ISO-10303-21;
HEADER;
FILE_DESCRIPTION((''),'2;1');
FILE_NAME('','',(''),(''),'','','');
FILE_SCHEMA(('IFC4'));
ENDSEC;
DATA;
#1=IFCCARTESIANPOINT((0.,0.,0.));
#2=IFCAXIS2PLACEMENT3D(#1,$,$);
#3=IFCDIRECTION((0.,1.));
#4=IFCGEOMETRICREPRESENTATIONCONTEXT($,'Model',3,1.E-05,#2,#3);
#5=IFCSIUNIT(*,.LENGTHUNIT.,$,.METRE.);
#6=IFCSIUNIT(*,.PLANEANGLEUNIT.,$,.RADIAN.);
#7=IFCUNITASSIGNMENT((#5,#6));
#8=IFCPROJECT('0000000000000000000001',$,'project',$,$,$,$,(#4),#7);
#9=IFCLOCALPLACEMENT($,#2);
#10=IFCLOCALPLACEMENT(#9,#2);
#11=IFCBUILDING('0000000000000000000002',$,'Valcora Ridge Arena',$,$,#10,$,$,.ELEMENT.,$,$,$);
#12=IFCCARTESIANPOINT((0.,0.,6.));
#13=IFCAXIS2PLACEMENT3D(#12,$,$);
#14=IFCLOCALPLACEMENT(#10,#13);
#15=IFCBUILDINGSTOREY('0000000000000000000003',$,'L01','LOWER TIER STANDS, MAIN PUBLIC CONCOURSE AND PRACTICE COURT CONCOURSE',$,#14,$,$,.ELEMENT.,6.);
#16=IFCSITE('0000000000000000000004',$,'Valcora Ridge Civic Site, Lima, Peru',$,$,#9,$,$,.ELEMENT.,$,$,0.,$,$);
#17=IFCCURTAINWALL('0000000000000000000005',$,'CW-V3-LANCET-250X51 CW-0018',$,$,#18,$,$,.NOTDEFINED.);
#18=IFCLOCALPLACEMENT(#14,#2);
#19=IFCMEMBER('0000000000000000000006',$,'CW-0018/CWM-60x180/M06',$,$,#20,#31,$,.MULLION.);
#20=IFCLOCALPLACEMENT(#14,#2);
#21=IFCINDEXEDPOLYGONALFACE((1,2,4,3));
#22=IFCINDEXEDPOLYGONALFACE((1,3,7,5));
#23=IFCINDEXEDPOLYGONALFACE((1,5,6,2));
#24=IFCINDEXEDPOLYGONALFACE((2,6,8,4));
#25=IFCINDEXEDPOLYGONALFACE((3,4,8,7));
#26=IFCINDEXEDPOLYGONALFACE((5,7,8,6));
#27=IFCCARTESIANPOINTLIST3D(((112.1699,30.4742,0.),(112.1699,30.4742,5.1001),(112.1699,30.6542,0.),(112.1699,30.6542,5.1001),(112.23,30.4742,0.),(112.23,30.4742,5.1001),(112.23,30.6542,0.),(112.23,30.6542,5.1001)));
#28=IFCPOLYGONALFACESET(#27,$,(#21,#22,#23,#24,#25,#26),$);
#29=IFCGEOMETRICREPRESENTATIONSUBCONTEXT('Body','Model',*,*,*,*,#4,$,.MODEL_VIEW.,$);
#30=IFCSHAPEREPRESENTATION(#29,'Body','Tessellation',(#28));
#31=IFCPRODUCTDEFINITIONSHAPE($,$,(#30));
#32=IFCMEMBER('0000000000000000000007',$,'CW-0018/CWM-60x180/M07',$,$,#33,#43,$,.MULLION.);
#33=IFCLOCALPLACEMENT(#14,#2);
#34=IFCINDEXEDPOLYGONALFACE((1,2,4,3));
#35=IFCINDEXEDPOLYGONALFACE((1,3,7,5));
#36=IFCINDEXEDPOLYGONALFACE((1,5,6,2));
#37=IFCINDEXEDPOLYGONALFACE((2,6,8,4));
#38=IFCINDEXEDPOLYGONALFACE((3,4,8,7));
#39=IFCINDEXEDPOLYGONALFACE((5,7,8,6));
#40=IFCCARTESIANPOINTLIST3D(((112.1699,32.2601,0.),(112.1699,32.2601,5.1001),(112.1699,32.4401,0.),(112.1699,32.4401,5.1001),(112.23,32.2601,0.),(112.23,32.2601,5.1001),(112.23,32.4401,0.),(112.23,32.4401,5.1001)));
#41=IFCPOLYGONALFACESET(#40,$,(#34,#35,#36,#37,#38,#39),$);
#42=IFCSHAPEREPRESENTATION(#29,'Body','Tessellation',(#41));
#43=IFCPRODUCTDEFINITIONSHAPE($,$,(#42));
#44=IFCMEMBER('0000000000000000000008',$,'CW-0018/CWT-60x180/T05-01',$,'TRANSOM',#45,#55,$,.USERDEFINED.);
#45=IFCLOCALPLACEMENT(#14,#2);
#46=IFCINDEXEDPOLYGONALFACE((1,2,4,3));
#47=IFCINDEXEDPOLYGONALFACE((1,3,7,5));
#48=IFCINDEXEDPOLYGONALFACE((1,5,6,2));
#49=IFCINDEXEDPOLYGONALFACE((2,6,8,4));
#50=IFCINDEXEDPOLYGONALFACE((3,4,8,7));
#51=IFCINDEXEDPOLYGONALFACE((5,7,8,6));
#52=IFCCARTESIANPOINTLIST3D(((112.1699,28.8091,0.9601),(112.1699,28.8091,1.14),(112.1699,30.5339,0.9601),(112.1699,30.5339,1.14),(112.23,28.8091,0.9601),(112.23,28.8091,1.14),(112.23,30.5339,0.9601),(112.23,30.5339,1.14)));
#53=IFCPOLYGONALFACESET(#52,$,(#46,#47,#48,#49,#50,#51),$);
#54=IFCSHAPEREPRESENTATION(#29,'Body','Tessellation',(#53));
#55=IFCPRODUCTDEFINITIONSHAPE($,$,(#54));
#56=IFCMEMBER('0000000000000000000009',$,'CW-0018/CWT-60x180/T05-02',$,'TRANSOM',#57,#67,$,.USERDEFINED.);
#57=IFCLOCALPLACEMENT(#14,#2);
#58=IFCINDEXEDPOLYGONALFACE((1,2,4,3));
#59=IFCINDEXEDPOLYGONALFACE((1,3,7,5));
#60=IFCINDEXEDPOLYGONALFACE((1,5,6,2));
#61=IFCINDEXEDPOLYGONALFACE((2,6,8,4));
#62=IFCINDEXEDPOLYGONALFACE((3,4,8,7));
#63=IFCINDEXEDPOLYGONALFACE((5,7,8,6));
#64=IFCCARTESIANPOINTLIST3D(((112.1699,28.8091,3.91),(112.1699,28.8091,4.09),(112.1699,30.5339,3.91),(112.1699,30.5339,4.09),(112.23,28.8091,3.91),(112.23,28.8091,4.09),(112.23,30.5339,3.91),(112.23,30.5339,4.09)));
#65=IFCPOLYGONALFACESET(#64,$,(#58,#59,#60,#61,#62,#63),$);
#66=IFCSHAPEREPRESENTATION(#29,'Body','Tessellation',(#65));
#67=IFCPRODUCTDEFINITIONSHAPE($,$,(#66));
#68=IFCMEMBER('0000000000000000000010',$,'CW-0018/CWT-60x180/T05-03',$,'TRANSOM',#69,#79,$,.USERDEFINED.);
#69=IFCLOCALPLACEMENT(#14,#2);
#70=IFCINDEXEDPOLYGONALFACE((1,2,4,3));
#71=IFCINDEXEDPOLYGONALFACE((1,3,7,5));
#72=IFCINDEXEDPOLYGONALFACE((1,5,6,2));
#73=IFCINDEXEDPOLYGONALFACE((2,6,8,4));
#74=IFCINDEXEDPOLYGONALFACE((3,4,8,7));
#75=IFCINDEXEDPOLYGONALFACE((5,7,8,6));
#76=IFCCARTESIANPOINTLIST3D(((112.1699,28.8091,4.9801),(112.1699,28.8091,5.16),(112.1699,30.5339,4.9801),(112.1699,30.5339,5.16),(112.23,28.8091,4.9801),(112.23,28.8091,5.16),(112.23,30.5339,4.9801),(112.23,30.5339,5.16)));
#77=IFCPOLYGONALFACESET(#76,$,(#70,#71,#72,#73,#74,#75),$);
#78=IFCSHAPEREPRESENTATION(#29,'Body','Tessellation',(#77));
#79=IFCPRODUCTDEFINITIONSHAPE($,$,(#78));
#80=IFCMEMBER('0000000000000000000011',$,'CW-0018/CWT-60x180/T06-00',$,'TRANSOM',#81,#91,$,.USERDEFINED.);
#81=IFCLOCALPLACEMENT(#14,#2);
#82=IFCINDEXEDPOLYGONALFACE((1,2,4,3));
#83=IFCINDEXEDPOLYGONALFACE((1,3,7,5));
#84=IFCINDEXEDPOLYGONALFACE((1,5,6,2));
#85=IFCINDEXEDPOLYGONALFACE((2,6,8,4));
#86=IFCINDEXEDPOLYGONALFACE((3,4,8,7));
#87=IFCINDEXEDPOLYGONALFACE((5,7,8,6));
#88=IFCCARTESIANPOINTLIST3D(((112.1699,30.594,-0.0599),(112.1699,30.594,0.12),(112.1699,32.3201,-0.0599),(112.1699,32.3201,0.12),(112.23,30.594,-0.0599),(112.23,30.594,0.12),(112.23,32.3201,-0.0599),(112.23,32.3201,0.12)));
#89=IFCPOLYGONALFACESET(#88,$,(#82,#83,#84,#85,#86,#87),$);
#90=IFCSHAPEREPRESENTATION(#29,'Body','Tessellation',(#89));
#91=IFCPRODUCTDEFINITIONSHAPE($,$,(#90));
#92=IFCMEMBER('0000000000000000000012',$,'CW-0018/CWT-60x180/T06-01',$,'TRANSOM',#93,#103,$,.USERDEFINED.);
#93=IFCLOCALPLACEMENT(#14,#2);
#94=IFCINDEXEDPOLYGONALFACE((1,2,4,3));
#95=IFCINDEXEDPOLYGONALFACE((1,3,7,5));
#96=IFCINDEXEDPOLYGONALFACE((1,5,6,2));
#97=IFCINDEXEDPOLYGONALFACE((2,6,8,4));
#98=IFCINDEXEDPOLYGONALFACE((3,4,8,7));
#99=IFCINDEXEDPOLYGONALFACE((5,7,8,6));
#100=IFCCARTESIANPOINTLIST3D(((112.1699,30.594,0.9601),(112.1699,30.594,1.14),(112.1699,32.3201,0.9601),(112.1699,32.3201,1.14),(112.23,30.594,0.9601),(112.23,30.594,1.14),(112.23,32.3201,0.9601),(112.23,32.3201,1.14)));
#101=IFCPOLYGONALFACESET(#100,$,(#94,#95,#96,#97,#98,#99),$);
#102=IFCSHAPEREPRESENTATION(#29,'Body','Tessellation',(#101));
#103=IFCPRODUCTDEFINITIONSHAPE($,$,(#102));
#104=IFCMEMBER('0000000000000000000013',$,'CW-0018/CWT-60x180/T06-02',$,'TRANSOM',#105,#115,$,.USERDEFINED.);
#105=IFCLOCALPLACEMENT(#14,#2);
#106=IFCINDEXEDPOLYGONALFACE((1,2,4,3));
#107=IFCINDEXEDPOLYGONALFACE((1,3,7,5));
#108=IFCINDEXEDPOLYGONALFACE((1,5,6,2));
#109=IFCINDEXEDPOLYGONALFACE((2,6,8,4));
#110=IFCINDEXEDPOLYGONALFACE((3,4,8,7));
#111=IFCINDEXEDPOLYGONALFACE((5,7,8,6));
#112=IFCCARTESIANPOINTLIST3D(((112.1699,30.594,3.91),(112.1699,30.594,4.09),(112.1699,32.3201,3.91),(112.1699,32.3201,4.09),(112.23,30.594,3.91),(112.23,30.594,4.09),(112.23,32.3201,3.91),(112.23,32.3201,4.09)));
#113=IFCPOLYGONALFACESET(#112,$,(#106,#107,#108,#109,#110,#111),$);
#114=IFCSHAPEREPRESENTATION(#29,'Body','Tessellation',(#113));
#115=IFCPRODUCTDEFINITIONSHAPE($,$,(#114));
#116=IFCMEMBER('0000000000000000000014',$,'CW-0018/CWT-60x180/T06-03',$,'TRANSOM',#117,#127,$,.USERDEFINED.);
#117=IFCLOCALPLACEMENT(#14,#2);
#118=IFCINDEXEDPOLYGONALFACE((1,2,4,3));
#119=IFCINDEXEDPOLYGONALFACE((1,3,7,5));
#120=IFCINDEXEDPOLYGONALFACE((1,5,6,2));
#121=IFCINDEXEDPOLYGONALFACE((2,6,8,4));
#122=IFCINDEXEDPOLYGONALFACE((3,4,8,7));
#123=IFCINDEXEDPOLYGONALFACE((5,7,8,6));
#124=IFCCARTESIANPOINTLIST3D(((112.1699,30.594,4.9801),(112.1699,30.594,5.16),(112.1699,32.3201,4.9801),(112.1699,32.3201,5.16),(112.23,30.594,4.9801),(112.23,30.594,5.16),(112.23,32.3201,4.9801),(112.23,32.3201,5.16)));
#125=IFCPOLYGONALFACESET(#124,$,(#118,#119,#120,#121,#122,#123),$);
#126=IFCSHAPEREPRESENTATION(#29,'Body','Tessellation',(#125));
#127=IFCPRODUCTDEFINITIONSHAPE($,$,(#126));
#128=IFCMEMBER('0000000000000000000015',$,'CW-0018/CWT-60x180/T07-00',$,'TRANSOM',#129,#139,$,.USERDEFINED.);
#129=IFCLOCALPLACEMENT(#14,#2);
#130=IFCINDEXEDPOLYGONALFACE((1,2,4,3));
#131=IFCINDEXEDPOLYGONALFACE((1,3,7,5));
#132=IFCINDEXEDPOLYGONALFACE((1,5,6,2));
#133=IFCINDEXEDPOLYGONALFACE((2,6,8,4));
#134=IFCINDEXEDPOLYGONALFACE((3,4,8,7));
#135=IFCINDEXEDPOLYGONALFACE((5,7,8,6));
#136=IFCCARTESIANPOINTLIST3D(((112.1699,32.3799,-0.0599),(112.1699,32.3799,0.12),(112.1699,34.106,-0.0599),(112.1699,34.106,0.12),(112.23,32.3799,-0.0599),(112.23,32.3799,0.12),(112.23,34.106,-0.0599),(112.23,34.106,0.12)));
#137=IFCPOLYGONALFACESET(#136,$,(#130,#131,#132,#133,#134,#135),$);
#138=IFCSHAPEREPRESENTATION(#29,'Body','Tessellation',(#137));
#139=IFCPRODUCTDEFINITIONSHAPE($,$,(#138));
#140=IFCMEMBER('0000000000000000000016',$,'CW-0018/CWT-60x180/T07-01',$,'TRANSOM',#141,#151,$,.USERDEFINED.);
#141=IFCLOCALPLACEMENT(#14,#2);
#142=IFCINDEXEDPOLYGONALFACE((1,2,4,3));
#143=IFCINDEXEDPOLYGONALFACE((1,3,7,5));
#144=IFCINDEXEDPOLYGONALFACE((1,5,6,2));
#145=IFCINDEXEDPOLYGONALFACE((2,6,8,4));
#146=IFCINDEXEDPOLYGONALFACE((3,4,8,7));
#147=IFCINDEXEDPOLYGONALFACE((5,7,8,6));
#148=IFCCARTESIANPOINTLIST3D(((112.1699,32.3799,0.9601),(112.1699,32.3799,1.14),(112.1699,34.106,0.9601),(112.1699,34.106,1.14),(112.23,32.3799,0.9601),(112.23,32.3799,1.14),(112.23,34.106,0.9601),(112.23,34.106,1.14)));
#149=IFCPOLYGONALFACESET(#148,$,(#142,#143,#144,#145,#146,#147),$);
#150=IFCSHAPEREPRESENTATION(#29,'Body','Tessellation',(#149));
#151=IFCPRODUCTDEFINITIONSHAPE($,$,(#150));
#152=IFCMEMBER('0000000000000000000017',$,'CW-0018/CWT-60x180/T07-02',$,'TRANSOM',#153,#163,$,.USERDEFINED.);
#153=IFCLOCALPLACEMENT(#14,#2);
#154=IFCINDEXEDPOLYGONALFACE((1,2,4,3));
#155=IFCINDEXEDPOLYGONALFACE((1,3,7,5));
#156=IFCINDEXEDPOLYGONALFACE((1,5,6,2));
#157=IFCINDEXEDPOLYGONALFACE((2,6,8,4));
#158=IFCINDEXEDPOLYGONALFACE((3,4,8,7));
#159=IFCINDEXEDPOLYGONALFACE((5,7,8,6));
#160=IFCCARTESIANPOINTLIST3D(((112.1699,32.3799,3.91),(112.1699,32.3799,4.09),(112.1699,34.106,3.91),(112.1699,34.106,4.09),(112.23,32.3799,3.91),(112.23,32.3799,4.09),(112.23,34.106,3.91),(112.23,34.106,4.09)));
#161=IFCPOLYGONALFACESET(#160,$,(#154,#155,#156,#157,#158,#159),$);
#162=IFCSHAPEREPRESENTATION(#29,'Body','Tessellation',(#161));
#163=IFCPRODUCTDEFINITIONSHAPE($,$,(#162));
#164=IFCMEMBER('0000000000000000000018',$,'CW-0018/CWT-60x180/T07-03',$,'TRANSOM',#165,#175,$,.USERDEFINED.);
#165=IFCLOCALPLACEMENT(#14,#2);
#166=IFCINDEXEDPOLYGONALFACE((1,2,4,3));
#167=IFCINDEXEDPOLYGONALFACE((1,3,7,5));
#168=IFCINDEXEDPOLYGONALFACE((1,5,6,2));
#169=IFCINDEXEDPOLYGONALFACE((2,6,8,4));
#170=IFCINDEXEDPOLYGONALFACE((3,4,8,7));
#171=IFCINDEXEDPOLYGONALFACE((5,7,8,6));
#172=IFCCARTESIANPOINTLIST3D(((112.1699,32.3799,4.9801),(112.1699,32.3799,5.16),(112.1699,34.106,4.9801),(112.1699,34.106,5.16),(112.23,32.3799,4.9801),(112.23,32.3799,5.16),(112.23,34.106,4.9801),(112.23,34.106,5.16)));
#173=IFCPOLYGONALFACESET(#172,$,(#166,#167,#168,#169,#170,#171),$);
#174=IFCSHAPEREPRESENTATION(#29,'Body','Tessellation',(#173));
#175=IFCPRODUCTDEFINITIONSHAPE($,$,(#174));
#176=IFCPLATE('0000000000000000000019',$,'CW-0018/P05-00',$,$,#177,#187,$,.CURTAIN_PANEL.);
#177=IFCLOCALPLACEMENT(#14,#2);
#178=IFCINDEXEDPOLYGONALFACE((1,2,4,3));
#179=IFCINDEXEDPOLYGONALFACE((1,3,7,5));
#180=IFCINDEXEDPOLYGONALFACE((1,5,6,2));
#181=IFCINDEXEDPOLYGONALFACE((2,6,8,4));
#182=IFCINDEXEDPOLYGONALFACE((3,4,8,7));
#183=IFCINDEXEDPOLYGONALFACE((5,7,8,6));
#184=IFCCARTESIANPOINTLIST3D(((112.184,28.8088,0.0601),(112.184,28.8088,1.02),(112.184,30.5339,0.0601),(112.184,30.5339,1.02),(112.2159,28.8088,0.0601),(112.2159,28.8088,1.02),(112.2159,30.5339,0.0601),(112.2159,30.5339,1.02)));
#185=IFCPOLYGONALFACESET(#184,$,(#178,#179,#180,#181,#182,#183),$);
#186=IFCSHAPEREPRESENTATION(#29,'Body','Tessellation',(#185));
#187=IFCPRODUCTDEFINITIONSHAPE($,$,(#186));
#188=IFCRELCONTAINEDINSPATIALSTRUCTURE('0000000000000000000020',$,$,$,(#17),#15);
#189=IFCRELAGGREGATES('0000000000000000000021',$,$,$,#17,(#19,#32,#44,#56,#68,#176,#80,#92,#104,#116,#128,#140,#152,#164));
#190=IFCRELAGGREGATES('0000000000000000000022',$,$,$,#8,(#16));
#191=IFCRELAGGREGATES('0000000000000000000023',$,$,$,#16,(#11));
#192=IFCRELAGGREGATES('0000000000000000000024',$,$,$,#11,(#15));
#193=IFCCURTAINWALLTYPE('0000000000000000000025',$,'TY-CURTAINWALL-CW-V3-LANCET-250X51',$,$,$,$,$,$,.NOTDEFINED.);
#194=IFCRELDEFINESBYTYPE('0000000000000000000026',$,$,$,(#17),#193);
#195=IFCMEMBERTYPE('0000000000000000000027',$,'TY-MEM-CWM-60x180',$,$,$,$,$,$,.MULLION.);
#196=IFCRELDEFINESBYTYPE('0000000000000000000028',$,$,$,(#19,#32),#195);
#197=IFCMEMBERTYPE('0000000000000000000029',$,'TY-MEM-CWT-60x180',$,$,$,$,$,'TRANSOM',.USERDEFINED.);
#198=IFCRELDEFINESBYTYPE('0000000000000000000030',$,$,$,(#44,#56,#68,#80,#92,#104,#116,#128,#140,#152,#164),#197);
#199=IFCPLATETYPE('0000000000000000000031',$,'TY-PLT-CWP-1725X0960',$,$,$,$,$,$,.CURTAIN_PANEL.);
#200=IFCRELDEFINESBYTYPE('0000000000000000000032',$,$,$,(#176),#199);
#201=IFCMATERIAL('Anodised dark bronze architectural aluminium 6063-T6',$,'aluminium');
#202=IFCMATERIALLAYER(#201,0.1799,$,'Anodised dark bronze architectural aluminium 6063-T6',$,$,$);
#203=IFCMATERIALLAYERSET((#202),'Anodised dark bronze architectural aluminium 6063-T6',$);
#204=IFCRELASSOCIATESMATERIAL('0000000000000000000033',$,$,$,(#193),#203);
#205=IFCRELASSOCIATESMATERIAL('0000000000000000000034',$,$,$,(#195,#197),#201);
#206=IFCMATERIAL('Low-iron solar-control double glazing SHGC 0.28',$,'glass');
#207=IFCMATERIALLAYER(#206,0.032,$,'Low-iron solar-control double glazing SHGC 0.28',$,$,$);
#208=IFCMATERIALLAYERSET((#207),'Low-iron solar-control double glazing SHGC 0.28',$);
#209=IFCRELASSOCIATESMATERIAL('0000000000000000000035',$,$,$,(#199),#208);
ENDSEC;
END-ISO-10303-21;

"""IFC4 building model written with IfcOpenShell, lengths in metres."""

from ifc_helpers import new_model, si_unit, direction, frame, origin, origin_2d, place, context, subcontext, project, spatial, rectangle, extrude, material, layer, layer_set, material_profile, profile_set, type_object, element, aggregate, save


model = new_model("IFC4")

# Units and contexts
model_context = context("Model", 3, precision=1e-05, world=origin(), true_north=direction((0.0, 1.0)))
body_context = subcontext(model_context, "Body", "Model", "MODEL_VIEW")
ifc_project = project(units=[si_unit("LENGTHUNIT", "METRE"), si_unit("PLANEANGLEUNIT", "RADIAN")], contexts=[model_context])

# Site, building, storey
site_placement = place(None, origin())
site = spatial("IfcSite", under=ifc_project, at=site_placement, Name="Valcora Ridge Civic Site, Lima, Peru", CompositionType="ELEMENT", RefElevation=0.0)
building_placement = place(site_placement, origin())
building = spatial("IfcBuilding", under=site, at=building_placement, Name="Valcora Ridge Arena", CompositionType="ELEMENT")
storey_placement = place(building_placement, frame((0.0, 0.0, 6.0)))
storey = spatial("IfcBuildingStorey", under=building, at=storey_placement, Name="L01", Description="LOWER TIER STANDS, MAIN PUBLIC CONCOURSE AND PRACTICE COURT CONCOURSE", CompositionType="ELEMENT", Elevation=6.0)

# Curtain wall, members, plate
ifc_material_1 = material(Name="Anodised dark bronze architectural aluminium 6063-T6", Category="aluminium")
ifc_layer_1 = layer(ifc_material_1, 0.1799, Name="Anodised dark bronze architectural aluminium 6063-T6")
ifc_layer_set_1 = layer_set([ifc_layer_1], Name="Anodised dark bronze architectural aluminium 6063-T6")
curtain_wall_type = type_object("IfcCurtainWallType", Name="TY-CURTAINWALL-CW-V3-LANCET-250X51", PredefinedType="NOTDEFINED", material=ifc_layer_set_1)
curtain_wall_placement = place(storey_placement, origin())
curtain_wall = element("IfcCurtainWall", 1, at=curtain_wall_placement, inside=storey, type_object=curtain_wall_type, Name="CW-V3-LANCET-250X51 CW-0018", PredefinedType="NOTDEFINED")
ifc_material_profile_1 = material_profile(ifc_material_1, rectangle(XDim=0.0601, YDim=0.1799, at=origin_2d()), Name="ALU MULLION 60x180")
ifc_profile_set_1 = profile_set([ifc_material_profile_1], Name="Anodised dark bronze architectural aluminium 6063-T6")
member_type_1 = type_object("IfcMemberType", Name="TY-MEM-CWM-60x180", PredefinedType="MULLION", material=ifc_profile_set_1)
member_1_placement = place(storey_placement, frame((112.2, 30.5642, 0.0), z_axis=(0.0, 0.0, 1.0), x_axis=(-1.0, 0.0, 0.0)))
member_1 = element("IfcMember", 2, at=member_1_placement, type_object=member_type_1, Name="CW-0018/CWM-60x180/M06", PredefinedType="MULLION", context=body_context, shape_type="SweptSolid", body=[
    extrude(rectangle(XDim=0.0601, YDim=0.1799, at=origin_2d()), origin(), (0.0, 0.0, 1.0), 5.1001),
])
member_2_placement = place(storey_placement, frame((112.2, 32.3501, 0.0), z_axis=(0.0, 0.0, 1.0), x_axis=(-1.0, 0.0, 0.0)))
member_2 = element("IfcMember", 3, at=member_2_placement, type_object=member_type_1, Name="CW-0018/CWM-60x180/M07", PredefinedType="MULLION", context=body_context, shape_type="SweptSolid", body=[
    extrude(rectangle(XDim=0.0601, YDim=0.1799, at=origin_2d()), origin(), (0.0, 0.0, 1.0), 5.1001),
])
ifc_material_profile_2 = material_profile(ifc_material_1, rectangle(XDim=0.0601, YDim=0.1799, at=origin_2d()), Name="ALU TRANSOM 60x180")
ifc_profile_set_2 = profile_set([ifc_material_profile_2], Name="Anodised dark bronze architectural aluminium 6063-T6")
member_type_2 = type_object("IfcMemberType", Name="TY-MEM-CWT-60x180", ElementType="TRANSOM", PredefinedType="USERDEFINED", material=ifc_profile_set_2)
member_3_placement = place(storey_placement, frame((112.2, 28.8091, 1.05), z_axis=(0.0, 1.0, 0.0), x_axis=(-1.0, 0.0, 0.0)))
member_3 = element("IfcMember", 4, at=member_3_placement, type_object=member_type_2, Name="CW-0018/CWT-60x180/T05-01", ObjectType="TRANSOM", PredefinedType="USERDEFINED", context=body_context, shape_type="SweptSolid", body=[
    extrude(rectangle(XDim=0.0601, YDim=0.1799, at=origin_2d()), origin(), (0.0, 0.0, 1.0), 1.7249),
])
member_4_placement = place(storey_placement, frame((112.2, 28.8091, 4.0), z_axis=(0.0, 1.0, 0.0), x_axis=(-1.0, 0.0, 0.0)))
member_4 = element("IfcMember", 5, at=member_4_placement, type_object=member_type_2, Name="CW-0018/CWT-60x180/T05-02", ObjectType="TRANSOM", PredefinedType="USERDEFINED", context=body_context, shape_type="SweptSolid", body=[
    extrude(rectangle(XDim=0.0601, YDim=0.1799, at=origin_2d()), origin(), (0.0, 0.0, 1.0), 1.7249),
])
member_5_placement = place(storey_placement, frame((112.2, 28.8091, 5.0701), z_axis=(0.0, 1.0, 0.0), x_axis=(-1.0, 0.0, 0.0)))
member_5 = element("IfcMember", 6, at=member_5_placement, type_object=member_type_2, Name="CW-0018/CWT-60x180/T05-03", ObjectType="TRANSOM", PredefinedType="USERDEFINED", context=body_context, shape_type="SweptSolid", body=[
    extrude(rectangle(XDim=0.0601, YDim=0.1799, at=origin_2d()), origin(), (0.0, 0.0, 1.0), 1.7249),
])
member_6_placement = place(storey_placement, frame((112.2, 30.594, 0.03), z_axis=(0.0, 1.0, 0.0), x_axis=(-1.0, 0.0, 0.0)))
member_6 = element("IfcMember", 7, at=member_6_placement, type_object=member_type_2, Name="CW-0018/CWT-60x180/T06-00", ObjectType="TRANSOM", PredefinedType="USERDEFINED", context=body_context, shape_type="SweptSolid", body=[
    extrude(rectangle(XDim=0.0601, YDim=0.1799, at=origin_2d()), origin(), (0.0, 0.0, 1.0), 1.7261),
])
member_7_placement = place(storey_placement, frame((112.2, 30.594, 1.05), z_axis=(0.0, 1.0, 0.0), x_axis=(-1.0, 0.0, 0.0)))
member_7 = element("IfcMember", 8, at=member_7_placement, type_object=member_type_2, Name="CW-0018/CWT-60x180/T06-01", ObjectType="TRANSOM", PredefinedType="USERDEFINED", context=body_context, shape_type="SweptSolid", body=[
    extrude(rectangle(XDim=0.0601, YDim=0.1799, at=origin_2d()), origin(), (0.0, 0.0, 1.0), 1.7261),
])
member_8_placement = place(storey_placement, frame((112.2, 30.594, 4.0), z_axis=(0.0, 1.0, 0.0), x_axis=(-1.0, 0.0, 0.0)))
member_8 = element("IfcMember", 9, at=member_8_placement, type_object=member_type_2, Name="CW-0018/CWT-60x180/T06-02", ObjectType="TRANSOM", PredefinedType="USERDEFINED", context=body_context, shape_type="SweptSolid", body=[
    extrude(rectangle(XDim=0.0601, YDim=0.1799, at=origin_2d()), origin(), (0.0, 0.0, 1.0), 1.7261),
])
member_9_placement = place(storey_placement, frame((112.2, 30.594, 5.0701), z_axis=(0.0, 1.0, 0.0), x_axis=(-1.0, 0.0, 0.0)))
member_9 = element("IfcMember", 10, at=member_9_placement, type_object=member_type_2, Name="CW-0018/CWT-60x180/T06-03", ObjectType="TRANSOM", PredefinedType="USERDEFINED", context=body_context, shape_type="SweptSolid", body=[
    extrude(rectangle(XDim=0.0601, YDim=0.1799, at=origin_2d()), origin(), (0.0, 0.0, 1.0), 1.7261),
])
member_10_placement = place(storey_placement, frame((112.2, 32.3799, 0.03), z_axis=(0.0, 1.0, 0.0), x_axis=(-1.0, 0.0, 0.0)))
member_10 = element("IfcMember", 11, at=member_10_placement, type_object=member_type_2, Name="CW-0018/CWT-60x180/T07-00", ObjectType="TRANSOM", PredefinedType="USERDEFINED", context=body_context, shape_type="SweptSolid", body=[
    extrude(rectangle(XDim=0.0601, YDim=0.1799, at=origin_2d()), origin(), (0.0, 0.0, 1.0), 1.7261),
])
member_11_placement = place(storey_placement, frame((112.2, 32.3799, 1.05), z_axis=(0.0, 1.0, 0.0), x_axis=(-1.0, 0.0, 0.0)))
member_11 = element("IfcMember", 12, at=member_11_placement, type_object=member_type_2, Name="CW-0018/CWT-60x180/T07-01", ObjectType="TRANSOM", PredefinedType="USERDEFINED", context=body_context, shape_type="SweptSolid", body=[
    extrude(rectangle(XDim=0.0601, YDim=0.1799, at=origin_2d()), origin(), (0.0, 0.0, 1.0), 1.7261),
])
member_12_placement = place(storey_placement, frame((112.2, 32.3799, 4.0), z_axis=(0.0, 1.0, 0.0), x_axis=(-1.0, 0.0, 0.0)))
member_12 = element("IfcMember", 13, at=member_12_placement, type_object=member_type_2, Name="CW-0018/CWT-60x180/T07-02", ObjectType="TRANSOM", PredefinedType="USERDEFINED", context=body_context, shape_type="SweptSolid", body=[
    extrude(rectangle(XDim=0.0601, YDim=0.1799, at=origin_2d()), origin(), (0.0, 0.0, 1.0), 1.7261),
])
member_13_placement = place(storey_placement, frame((112.2, 32.3799, 5.0701), z_axis=(0.0, 1.0, 0.0), x_axis=(-1.0, 0.0, 0.0)))
member_13 = element("IfcMember", 14, at=member_13_placement, type_object=member_type_2, Name="CW-0018/CWT-60x180/T07-03", ObjectType="TRANSOM", PredefinedType="USERDEFINED", context=body_context, shape_type="SweptSolid", body=[
    extrude(rectangle(XDim=0.0601, YDim=0.1799, at=origin_2d()), origin(), (0.0, 0.0, 1.0), 1.7261),
])
ifc_material_2 = material(Name="Low-iron solar-control double glazing SHGC 0.28", Category="glass")
ifc_layer_2 = layer(ifc_material_2, 0.032, Name="Low-iron solar-control double glazing SHGC 0.28")
ifc_layer_set_2 = layer_set([ifc_layer_2], Name="Low-iron solar-control double glazing SHGC 0.28")
plate_type_1 = type_object("IfcPlateType", Name="TY-PLT-CWP-1725X0960", PredefinedType="CURTAIN_PANEL", material=ifc_layer_set_2)
plate_1_placement = place(storey_placement, frame((112.2, 29.6714, 0.0601), z_axis=(0.0, 0.0, 1.0), x_axis=(0.0, 1.0, 0.0)))
plate_1 = element("IfcPlate", 15, at=plate_1_placement, type_object=plate_type_1, Name="CW-0018/P05-00", PredefinedType="CURTAIN_PANEL", context=body_context, shape_type="SweptSolid", body=[
    extrude(rectangle(XDim=1.7251, YDim=0.032, at=origin_2d()), origin(), (0.0, 0.0, 1.0), 0.96),
])
aggregate(curtain_wall, [member_1, member_2, member_3, member_4, member_5, plate_1, member_6, member_7, member_8, member_9, member_10, member_11, member_12, member_13])

save(model, "model.ifc")
